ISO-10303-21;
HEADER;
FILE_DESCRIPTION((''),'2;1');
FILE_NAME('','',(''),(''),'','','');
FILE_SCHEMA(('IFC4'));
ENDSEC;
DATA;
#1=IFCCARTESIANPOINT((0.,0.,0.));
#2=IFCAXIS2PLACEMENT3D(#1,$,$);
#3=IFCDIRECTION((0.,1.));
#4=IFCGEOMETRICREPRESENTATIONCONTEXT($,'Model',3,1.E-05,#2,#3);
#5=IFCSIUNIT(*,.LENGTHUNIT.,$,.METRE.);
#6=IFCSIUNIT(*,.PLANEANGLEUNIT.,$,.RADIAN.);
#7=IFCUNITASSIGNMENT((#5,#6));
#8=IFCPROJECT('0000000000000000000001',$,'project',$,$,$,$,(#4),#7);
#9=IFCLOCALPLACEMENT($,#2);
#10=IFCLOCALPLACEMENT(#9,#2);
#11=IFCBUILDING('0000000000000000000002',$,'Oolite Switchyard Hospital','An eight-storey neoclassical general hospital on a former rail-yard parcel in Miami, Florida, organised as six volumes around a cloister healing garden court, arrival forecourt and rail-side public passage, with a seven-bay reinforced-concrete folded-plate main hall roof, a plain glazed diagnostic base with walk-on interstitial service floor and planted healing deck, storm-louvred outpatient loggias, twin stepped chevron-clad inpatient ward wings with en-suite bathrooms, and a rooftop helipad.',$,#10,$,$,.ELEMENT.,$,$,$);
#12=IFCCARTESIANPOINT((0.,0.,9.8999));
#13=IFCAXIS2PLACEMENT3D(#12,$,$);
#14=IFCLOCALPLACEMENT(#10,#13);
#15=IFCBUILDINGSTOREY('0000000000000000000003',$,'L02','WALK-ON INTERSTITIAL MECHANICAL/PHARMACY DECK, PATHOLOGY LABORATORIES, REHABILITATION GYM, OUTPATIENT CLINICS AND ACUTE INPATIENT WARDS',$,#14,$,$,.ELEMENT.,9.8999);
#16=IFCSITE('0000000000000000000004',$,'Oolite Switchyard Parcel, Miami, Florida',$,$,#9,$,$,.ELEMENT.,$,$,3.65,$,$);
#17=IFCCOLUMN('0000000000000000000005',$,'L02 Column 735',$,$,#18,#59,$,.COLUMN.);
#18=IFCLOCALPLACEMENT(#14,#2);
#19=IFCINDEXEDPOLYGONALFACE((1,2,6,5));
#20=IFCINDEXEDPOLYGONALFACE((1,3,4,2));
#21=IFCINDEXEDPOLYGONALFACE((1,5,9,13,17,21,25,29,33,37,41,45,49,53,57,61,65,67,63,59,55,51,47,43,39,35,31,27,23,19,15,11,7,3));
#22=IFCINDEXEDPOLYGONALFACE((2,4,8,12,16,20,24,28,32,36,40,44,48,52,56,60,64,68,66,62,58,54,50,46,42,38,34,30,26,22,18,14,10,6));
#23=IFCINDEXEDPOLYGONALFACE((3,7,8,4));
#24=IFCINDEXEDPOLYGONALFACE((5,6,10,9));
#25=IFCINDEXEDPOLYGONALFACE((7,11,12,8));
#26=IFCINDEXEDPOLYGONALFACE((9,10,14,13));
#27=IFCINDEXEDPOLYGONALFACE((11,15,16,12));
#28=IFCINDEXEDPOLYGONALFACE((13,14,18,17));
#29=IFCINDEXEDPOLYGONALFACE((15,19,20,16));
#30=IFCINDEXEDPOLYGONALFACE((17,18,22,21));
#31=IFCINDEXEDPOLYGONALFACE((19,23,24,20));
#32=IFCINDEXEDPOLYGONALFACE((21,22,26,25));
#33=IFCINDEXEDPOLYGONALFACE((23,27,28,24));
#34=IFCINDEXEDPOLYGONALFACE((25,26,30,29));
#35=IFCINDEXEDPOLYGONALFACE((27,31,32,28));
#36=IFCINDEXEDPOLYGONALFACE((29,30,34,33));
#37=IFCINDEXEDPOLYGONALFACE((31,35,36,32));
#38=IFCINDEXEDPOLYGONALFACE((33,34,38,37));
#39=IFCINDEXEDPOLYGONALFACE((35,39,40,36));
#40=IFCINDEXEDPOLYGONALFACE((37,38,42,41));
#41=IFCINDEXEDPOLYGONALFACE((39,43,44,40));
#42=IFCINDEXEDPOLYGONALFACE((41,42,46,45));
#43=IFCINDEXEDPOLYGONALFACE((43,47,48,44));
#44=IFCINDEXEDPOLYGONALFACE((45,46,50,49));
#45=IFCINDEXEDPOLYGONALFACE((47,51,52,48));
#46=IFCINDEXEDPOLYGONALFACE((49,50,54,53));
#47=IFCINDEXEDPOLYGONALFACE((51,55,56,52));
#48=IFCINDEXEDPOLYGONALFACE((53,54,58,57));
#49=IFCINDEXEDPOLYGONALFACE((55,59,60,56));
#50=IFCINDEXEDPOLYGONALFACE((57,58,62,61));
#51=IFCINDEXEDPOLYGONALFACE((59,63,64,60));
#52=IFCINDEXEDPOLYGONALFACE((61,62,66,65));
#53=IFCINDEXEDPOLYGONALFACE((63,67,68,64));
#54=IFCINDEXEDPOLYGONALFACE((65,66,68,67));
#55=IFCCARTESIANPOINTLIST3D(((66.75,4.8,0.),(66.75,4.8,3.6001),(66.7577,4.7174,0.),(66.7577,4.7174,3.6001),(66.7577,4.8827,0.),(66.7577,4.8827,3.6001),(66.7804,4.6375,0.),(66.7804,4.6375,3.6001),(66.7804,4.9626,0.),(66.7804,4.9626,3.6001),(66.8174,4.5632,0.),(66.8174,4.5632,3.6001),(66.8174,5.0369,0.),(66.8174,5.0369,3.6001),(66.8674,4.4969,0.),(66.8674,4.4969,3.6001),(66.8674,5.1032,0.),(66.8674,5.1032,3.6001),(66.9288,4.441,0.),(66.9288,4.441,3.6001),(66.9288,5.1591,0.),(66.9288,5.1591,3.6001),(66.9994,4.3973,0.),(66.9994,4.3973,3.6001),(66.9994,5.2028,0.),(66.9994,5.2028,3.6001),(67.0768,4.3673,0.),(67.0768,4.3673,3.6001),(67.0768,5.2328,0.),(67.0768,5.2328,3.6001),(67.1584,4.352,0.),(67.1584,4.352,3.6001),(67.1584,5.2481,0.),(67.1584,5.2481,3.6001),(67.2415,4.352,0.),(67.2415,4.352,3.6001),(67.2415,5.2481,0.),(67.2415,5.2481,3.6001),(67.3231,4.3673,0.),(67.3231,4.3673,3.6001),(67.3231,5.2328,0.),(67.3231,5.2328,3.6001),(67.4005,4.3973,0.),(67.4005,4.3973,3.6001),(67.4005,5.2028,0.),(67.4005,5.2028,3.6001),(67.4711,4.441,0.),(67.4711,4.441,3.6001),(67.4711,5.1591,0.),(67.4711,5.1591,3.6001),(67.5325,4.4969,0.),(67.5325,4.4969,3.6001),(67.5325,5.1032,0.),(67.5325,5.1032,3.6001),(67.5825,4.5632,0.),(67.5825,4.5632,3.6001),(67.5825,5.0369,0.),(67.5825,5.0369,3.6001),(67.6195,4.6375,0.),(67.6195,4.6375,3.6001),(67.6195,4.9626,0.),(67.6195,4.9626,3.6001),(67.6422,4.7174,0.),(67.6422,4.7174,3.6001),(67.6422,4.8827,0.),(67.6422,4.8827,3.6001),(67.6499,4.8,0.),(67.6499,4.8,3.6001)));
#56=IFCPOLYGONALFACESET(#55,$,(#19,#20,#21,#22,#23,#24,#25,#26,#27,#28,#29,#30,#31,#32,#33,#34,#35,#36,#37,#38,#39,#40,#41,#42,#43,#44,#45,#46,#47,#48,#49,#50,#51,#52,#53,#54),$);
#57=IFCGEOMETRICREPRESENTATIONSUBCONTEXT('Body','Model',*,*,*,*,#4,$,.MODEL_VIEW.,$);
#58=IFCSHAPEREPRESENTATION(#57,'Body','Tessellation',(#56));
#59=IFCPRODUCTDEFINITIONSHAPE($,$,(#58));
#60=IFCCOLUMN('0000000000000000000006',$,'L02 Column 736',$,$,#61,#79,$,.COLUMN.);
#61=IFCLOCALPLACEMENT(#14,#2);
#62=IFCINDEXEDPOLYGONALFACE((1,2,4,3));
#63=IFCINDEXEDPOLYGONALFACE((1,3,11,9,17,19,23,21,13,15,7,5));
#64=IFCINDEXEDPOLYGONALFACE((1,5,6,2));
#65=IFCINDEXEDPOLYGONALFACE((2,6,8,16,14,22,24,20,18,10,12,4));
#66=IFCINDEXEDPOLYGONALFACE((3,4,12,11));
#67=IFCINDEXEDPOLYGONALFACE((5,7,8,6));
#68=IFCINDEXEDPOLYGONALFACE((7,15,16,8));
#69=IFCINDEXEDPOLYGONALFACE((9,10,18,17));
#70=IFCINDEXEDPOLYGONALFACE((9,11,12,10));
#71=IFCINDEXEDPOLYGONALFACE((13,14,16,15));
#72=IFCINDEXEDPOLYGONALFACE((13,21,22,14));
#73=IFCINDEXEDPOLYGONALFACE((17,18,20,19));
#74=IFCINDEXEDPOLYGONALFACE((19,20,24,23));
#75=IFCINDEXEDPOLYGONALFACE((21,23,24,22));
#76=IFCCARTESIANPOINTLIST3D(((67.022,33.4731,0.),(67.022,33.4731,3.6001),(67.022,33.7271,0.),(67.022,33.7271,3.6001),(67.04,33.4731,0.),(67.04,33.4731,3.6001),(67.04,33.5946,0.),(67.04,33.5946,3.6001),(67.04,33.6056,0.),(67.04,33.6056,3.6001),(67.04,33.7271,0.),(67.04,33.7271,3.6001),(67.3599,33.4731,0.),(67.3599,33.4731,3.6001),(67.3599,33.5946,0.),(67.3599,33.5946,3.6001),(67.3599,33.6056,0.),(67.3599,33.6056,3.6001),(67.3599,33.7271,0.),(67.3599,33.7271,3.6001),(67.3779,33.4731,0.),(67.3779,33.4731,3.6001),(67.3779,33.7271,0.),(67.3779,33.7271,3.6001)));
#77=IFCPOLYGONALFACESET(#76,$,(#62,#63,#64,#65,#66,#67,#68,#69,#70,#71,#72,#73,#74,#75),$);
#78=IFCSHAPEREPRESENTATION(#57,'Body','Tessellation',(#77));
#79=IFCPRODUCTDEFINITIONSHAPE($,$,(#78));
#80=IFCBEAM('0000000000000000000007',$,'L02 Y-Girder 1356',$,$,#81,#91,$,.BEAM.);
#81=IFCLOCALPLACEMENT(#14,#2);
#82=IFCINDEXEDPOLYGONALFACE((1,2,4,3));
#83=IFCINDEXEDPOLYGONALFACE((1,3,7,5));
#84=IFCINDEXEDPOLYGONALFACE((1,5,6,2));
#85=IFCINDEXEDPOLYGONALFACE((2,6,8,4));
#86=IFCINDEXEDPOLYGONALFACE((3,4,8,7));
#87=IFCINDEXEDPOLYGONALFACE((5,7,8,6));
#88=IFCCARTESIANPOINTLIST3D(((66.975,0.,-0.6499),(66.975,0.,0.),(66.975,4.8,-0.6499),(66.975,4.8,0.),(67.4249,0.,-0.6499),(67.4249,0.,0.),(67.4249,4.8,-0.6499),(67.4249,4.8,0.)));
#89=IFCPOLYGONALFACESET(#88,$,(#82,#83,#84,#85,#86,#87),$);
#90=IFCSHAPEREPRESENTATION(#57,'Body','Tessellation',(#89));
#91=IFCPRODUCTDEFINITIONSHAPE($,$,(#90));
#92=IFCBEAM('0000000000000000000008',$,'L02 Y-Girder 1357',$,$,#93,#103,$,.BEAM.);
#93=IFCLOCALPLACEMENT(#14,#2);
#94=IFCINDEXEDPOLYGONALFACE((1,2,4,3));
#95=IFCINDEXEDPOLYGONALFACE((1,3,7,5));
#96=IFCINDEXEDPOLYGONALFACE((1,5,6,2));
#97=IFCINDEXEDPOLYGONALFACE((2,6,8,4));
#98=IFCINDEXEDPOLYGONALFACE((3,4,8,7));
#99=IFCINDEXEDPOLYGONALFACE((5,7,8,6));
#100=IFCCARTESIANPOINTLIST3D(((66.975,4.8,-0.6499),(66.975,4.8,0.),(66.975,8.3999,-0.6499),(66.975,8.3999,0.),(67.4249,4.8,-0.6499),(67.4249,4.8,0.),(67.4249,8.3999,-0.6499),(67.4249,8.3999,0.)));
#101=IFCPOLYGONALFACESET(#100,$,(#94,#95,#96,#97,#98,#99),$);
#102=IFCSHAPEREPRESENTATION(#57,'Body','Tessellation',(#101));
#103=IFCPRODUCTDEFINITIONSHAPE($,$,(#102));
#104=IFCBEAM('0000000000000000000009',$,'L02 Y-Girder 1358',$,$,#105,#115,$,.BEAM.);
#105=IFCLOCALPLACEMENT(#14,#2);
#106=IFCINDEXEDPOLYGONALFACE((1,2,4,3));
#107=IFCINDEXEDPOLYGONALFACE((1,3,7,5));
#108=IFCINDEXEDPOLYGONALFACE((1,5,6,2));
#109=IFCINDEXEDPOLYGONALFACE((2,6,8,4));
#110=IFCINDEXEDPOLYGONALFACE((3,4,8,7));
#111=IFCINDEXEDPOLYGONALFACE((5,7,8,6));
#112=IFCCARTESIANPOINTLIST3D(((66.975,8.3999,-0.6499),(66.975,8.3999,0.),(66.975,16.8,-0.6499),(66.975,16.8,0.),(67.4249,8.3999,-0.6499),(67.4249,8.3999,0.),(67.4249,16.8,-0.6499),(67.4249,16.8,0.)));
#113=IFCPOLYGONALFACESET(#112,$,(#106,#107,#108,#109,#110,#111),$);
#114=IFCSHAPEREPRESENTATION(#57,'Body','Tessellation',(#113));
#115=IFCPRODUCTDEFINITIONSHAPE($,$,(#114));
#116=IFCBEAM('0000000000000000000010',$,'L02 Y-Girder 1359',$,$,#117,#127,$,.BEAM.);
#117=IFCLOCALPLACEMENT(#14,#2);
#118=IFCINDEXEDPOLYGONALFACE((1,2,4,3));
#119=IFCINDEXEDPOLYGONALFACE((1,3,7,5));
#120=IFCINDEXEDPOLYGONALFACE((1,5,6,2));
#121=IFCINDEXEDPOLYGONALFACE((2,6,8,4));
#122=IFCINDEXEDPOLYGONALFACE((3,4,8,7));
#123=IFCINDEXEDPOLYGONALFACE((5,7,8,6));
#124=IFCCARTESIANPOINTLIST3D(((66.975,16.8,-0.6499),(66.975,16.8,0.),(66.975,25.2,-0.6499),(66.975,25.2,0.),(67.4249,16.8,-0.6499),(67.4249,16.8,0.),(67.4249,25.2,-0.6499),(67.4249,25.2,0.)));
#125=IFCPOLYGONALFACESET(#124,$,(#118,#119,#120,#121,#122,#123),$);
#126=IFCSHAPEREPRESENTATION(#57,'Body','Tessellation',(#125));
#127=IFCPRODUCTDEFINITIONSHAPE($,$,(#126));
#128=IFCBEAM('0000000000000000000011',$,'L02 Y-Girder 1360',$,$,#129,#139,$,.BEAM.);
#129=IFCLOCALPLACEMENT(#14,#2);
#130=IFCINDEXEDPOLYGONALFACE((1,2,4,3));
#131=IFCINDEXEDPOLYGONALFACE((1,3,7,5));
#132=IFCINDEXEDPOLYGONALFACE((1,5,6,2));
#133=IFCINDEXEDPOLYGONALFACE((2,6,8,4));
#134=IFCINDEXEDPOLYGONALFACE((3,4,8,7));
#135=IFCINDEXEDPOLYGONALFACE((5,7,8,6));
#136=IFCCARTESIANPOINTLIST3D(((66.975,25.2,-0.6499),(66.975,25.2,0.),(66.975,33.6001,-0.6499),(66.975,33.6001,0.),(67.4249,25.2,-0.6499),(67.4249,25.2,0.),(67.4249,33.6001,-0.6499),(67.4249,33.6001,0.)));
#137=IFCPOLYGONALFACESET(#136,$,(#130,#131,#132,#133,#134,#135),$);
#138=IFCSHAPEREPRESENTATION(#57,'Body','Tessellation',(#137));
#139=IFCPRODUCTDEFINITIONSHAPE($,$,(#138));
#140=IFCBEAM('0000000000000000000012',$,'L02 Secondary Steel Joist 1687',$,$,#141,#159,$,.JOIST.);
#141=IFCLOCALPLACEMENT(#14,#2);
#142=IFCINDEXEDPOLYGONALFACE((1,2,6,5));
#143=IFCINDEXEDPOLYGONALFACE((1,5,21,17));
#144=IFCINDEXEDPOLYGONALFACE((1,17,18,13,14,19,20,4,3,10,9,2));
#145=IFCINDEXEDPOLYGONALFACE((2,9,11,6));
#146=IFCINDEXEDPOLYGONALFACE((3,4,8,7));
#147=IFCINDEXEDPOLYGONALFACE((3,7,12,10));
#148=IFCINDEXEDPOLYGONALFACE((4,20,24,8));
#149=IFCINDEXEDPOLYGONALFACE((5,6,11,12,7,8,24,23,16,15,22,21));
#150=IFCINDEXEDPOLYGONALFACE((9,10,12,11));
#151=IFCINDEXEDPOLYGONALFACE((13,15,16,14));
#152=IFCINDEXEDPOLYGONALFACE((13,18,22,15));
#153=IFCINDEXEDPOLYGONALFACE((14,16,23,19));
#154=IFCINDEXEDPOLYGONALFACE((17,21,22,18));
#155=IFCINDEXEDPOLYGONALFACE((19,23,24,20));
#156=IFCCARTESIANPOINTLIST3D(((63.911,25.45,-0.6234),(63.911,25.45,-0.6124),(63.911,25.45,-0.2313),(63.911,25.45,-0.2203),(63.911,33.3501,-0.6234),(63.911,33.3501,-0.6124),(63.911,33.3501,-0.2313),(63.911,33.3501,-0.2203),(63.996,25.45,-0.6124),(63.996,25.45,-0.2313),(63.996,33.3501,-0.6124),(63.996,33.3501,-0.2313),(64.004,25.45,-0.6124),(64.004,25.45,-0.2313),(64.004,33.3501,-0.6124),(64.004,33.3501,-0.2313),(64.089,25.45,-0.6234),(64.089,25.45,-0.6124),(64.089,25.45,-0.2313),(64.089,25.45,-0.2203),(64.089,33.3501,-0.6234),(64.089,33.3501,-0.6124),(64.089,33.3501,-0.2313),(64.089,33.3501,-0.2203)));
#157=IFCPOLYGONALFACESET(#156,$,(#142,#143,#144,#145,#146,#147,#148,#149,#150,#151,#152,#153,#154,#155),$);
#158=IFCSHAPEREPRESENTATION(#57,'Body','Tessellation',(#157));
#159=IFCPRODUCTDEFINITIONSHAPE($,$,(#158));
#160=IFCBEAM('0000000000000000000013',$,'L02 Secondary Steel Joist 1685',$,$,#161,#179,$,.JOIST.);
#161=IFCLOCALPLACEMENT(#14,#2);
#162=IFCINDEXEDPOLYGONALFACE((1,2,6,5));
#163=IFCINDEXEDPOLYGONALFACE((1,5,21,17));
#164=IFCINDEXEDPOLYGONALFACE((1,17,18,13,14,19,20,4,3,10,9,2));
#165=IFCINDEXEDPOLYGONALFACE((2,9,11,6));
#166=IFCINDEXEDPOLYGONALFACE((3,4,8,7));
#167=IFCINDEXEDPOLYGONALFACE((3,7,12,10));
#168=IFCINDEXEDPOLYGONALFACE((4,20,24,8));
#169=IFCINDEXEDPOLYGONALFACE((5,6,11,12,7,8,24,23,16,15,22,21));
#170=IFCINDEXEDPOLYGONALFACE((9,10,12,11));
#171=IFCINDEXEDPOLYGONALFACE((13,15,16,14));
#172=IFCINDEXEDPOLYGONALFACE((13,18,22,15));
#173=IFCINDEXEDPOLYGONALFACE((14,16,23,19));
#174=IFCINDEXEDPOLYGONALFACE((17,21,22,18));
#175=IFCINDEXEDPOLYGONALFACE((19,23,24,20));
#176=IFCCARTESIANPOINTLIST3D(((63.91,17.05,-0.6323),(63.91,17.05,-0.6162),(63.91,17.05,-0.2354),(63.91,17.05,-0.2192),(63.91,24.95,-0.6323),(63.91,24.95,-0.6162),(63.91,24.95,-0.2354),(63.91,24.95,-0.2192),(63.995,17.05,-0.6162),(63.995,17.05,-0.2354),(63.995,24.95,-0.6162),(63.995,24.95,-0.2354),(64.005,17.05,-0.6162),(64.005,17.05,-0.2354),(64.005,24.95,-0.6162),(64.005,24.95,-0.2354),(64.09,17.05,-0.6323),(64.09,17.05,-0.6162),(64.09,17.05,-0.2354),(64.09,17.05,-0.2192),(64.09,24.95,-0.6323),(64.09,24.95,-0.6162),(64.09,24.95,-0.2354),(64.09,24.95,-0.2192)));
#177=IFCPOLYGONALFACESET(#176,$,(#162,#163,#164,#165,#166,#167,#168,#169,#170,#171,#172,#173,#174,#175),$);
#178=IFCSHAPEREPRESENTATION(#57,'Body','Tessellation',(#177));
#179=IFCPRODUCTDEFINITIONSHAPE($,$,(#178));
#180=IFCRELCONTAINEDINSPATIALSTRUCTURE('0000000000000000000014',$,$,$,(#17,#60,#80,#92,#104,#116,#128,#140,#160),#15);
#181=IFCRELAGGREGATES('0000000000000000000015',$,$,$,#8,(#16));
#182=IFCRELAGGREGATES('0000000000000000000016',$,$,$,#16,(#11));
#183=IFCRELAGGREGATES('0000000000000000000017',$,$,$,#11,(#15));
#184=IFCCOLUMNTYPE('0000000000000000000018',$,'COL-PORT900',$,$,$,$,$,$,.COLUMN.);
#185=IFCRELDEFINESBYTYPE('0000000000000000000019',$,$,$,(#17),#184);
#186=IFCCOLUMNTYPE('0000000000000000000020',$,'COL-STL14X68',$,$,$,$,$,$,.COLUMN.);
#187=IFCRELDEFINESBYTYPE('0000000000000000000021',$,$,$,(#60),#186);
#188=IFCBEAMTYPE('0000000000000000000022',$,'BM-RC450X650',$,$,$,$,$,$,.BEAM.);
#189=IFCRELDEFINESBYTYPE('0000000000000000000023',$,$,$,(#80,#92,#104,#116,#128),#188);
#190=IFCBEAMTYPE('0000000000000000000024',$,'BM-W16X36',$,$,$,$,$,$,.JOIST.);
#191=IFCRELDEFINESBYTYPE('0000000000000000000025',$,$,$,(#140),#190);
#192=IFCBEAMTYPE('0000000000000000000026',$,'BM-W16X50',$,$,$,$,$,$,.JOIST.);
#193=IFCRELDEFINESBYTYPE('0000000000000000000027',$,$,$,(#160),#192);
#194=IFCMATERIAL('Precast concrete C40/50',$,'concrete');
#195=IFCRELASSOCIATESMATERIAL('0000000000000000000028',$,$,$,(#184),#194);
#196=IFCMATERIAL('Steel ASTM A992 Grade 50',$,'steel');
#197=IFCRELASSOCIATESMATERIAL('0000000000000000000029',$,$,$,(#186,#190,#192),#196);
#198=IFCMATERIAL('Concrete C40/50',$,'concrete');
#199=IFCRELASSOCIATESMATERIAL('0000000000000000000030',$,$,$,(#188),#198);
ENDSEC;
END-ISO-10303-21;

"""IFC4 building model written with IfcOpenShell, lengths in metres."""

from ifc_helpers import new_model, si_unit, direction, frame, origin, origin_2d, place, context, subcontext, project, spatial, rectangle, circle, i_section, extrude, material, material_profile, profile_set, type_object, element, save


model = new_model("IFC4")

# Units and contexts
model_context = context("Model", 3, precision=1e-05, world=origin(), true_north=direction((0.0, 1.0)))
body_context = subcontext(model_context, "Body", "Model", "MODEL_VIEW")
ifc_project = project(units=[si_unit("LENGTHUNIT", "METRE"), si_unit("PLANEANGLEUNIT", "RADIAN")], contexts=[model_context])

# Site, building, storey
site_placement = place(None, origin())
site = spatial("IfcSite", under=ifc_project, at=site_placement, Name="Oolite Switchyard Parcel, Miami, Florida", CompositionType="ELEMENT", RefElevation=3.65)
building_placement = place(site_placement, origin())
building = spatial("IfcBuilding", under=site, at=building_placement, Name="Oolite Switchyard Hospital", Description="An eight-storey neoclassical general hospital on a former rail-yard parcel in Miami, Florida, organised as six volumes around a cloister healing garden court, arrival forecourt and rail-side public passage, with a seven-bay reinforced-concrete folded-plate main hall roof, a plain glazed diagnostic base with walk-on interstitial service floor and planted healing deck, storm-louvred outpatient loggias, twin stepped chevron-clad inpatient ward wings with en-suite bathrooms, and a rooftop helipad.", CompositionType="ELEMENT")
storey_placement = place(building_placement, frame((0.0, 0.0, 9.8999)))
storey = spatial("IfcBuildingStorey", under=building, at=storey_placement, Name="L02", Description="WALK-ON INTERSTITIAL MECHANICAL/PHARMACY DECK, PATHOLOGY LABORATORIES, REHABILITATION GYM, OUTPATIENT CLINICS AND ACUTE INPATIENT WARDS", CompositionType="ELEMENT", Elevation=9.8999)

# Columns
ifc_material_1 = material(Name="Precast concrete C40/50", Category="concrete")
ifc_material_profile_1 = material_profile(ifc_material_1, circle(Radius=0.45, at=origin_2d()), Name="RCCOL900")
ifc_profile_set_1 = profile_set([ifc_material_profile_1], Name="Precast concrete C40/50")
column_type_1 = type_object("IfcColumnType", Name="COL-PORT900", PredefinedType="COLUMN", material=ifc_profile_set_1)
column_1_placement = place(storey_placement, frame((67.2, 4.8, 0.0), z_axis=(0.0, 0.0, 1.0), x_axis=(1.0, 0.0, 0.0)))
element("IfcColumn", 1, at=column_1_placement, inside=storey, type_object=column_type_1, Name="L02 Column 735", PredefinedType="COLUMN", context=body_context, shape_type="SweptSolid", body=[
    extrude(circle(Radius=0.45, at=origin_2d()), origin(), (0.0, 0.0, 1.0), 3.6001),
])
ifc_material_2 = material(Name="Steel ASTM A992 Grade 50", Category="steel")
ifc_material_profile_2 = material_profile(ifc_material_2, i_section(OverallWidth=0.2539, OverallDepth=0.356, WebThickness=0.011, FlangeThickness=0.0181, at=origin_2d()), Name="W14X68")
ifc_profile_set_2 = profile_set([ifc_material_profile_2], Name="Steel ASTM A992 Grade 50")
column_type_2 = type_object("IfcColumnType", Name="COL-STL14X68", PredefinedType="COLUMN", material=ifc_profile_set_2)
column_2_placement = place(storey_placement, frame((67.2, 33.6001, 0.0), z_axis=(0.0, 0.0, 1.0), x_axis=(0.0, -1.0, 0.0)))
element("IfcColumn", 2, at=column_2_placement, inside=storey, type_object=column_type_2, Name="L02 Column 736", PredefinedType="COLUMN", context=body_context, shape_type="SweptSolid", body=[
    extrude(i_section(OverallWidth=0.2539, OverallDepth=0.356, WebThickness=0.011, FlangeThickness=0.0181, at=origin_2d()), origin(), (0.0, 0.0, 1.0), 3.6001),
])

# Beams
ifc_material_3 = material(Name="Concrete C40/50", Category="concrete")
ifc_material_profile_3 = material_profile(ifc_material_3, rectangle(XDim=0.45, YDim=0.6499, at=origin_2d()), Name="RCB450X650")
ifc_profile_set_3 = profile_set([ifc_material_profile_3], Name="Concrete C40/50")
beam_type_1 = type_object("IfcBeamType", Name="BM-RC450X650", PredefinedType="BEAM", material=ifc_profile_set_3)
beam_1_placement = place(storey_placement, frame((67.2, 0.0, -0.325), z_axis=(0.0, 1.0, 0.0), x_axis=(-1.0, 0.0, 0.0)))
element("IfcBeam", 3, at=beam_1_placement, inside=storey, type_object=beam_type_1, Name="L02 Y-Girder 1356", PredefinedType="BEAM", context=body_context, shape_type="SweptSolid", body=[
    extrude(rectangle(XDim=0.45, YDim=0.6499, at=origin_2d()), origin(), (0.0, 0.0, 1.0), 4.8),
])
beam_2_placement = place(storey_placement, frame((67.2, 4.8, -0.325), z_axis=(0.0, 1.0, 0.0), x_axis=(-1.0, 0.0, 0.0)))
element("IfcBeam", 4, at=beam_2_placement, inside=storey, type_object=beam_type_1, Name="L02 Y-Girder 1357", PredefinedType="BEAM", context=body_context, shape_type="SweptSolid", body=[
    extrude(rectangle(XDim=0.45, YDim=0.6499, at=origin_2d()), origin(), (0.0, 0.0, 1.0), 3.5999),
])
beam_3_placement = place(storey_placement, frame((67.2, 8.3999, -0.325), z_axis=(0.0, 1.0, 0.0), x_axis=(-1.0, 0.0, 0.0)))
element("IfcBeam", 5, at=beam_3_placement, inside=storey, type_object=beam_type_1, Name="L02 Y-Girder 1358", PredefinedType="BEAM", context=body_context, shape_type="SweptSolid", body=[
    extrude(rectangle(XDim=0.45, YDim=0.6499, at=origin_2d()), origin(), (0.0, 0.0, 1.0), 8.4001),
])
beam_4_placement = place(storey_placement, frame((67.2, 16.8, -0.325), z_axis=(0.0, 1.0, 0.0), x_axis=(-1.0, 0.0, 0.0)))
element("IfcBeam", 6, at=beam_4_placement, inside=storey, type_object=beam_type_1, Name="L02 Y-Girder 1359", PredefinedType="BEAM", context=body_context, shape_type="SweptSolid", body=[
    extrude(rectangle(XDim=0.45, YDim=0.6499, at=origin_2d()), origin(), (0.0, 0.0, 1.0), 8.3999),
])
beam_5_placement = place(storey_placement, frame((67.2, 25.2, -0.325), z_axis=(0.0, 1.0, 0.0), x_axis=(-1.0, 0.0, 0.0)))
element("IfcBeam", 7, at=beam_5_placement, inside=storey, type_object=beam_type_1, Name="L02 Y-Girder 1360", PredefinedType="BEAM", context=body_context, shape_type="SweptSolid", body=[
    extrude(rectangle(XDim=0.45, YDim=0.6499, at=origin_2d()), origin(), (0.0, 0.0, 1.0), 8.4001),
])
ifc_material_profile_4 = material_profile(ifc_material_2, i_section(OverallWidth=0.178, OverallDepth=0.4031, WebThickness=0.0081, FlangeThickness=0.011, at=origin_2d()), Name="W16X36")
ifc_profile_set_4 = profile_set([ifc_material_profile_4], Name="Steel ASTM A992 Grade 50")
beam_type_2 = type_object("IfcBeamType", Name="BM-W16X36", PredefinedType="JOIST", material=ifc_profile_set_4)
beam_6_placement = place(storey_placement, frame((64.0, 25.45, -0.4219), z_axis=(0.0, 1.0, 0.0), x_axis=(-1.0, 0.0, 0.0)))
element("IfcBeam", 8, at=beam_6_placement, inside=storey, type_object=beam_type_2, Name="L02 Secondary Steel Joist 1687", PredefinedType="JOIST", context=body_context, shape_type="SweptSolid", body=[
    extrude(i_section(OverallWidth=0.178, OverallDepth=0.4031, WebThickness=0.0081, FlangeThickness=0.011, at=origin_2d()), origin(), (0.0, 0.0, 1.0), 7.9001),
])
ifc_material_profile_5 = material_profile(ifc_material_2, i_section(OverallWidth=0.1799, OverallDepth=0.4131, WebThickness=0.01, FlangeThickness=0.0161, at=origin_2d()), Name="W16X50")
ifc_profile_set_5 = profile_set([ifc_material_profile_5], Name="Steel ASTM A992 Grade 50")
beam_type_3 = type_object("IfcBeamType", Name="BM-W16X50", PredefinedType="JOIST", material=ifc_profile_set_5)
beam_7_placement = place(storey_placement, frame((64.0, 17.05, -0.4258), z_axis=(0.0, 1.0, 0.0), x_axis=(-1.0, 0.0, 0.0)))
element("IfcBeam", 9, at=beam_7_placement, inside=storey, type_object=beam_type_3, Name="L02 Secondary Steel Joist 1685", PredefinedType="JOIST", context=body_context, shape_type="SweptSolid", body=[
    extrude(i_section(OverallWidth=0.1799, OverallDepth=0.4131, WebThickness=0.01, FlangeThickness=0.0161, at=origin_2d()), origin(), (0.0, 0.0, 1.0), 7.8999),
])

save(model, "model.ifc")
